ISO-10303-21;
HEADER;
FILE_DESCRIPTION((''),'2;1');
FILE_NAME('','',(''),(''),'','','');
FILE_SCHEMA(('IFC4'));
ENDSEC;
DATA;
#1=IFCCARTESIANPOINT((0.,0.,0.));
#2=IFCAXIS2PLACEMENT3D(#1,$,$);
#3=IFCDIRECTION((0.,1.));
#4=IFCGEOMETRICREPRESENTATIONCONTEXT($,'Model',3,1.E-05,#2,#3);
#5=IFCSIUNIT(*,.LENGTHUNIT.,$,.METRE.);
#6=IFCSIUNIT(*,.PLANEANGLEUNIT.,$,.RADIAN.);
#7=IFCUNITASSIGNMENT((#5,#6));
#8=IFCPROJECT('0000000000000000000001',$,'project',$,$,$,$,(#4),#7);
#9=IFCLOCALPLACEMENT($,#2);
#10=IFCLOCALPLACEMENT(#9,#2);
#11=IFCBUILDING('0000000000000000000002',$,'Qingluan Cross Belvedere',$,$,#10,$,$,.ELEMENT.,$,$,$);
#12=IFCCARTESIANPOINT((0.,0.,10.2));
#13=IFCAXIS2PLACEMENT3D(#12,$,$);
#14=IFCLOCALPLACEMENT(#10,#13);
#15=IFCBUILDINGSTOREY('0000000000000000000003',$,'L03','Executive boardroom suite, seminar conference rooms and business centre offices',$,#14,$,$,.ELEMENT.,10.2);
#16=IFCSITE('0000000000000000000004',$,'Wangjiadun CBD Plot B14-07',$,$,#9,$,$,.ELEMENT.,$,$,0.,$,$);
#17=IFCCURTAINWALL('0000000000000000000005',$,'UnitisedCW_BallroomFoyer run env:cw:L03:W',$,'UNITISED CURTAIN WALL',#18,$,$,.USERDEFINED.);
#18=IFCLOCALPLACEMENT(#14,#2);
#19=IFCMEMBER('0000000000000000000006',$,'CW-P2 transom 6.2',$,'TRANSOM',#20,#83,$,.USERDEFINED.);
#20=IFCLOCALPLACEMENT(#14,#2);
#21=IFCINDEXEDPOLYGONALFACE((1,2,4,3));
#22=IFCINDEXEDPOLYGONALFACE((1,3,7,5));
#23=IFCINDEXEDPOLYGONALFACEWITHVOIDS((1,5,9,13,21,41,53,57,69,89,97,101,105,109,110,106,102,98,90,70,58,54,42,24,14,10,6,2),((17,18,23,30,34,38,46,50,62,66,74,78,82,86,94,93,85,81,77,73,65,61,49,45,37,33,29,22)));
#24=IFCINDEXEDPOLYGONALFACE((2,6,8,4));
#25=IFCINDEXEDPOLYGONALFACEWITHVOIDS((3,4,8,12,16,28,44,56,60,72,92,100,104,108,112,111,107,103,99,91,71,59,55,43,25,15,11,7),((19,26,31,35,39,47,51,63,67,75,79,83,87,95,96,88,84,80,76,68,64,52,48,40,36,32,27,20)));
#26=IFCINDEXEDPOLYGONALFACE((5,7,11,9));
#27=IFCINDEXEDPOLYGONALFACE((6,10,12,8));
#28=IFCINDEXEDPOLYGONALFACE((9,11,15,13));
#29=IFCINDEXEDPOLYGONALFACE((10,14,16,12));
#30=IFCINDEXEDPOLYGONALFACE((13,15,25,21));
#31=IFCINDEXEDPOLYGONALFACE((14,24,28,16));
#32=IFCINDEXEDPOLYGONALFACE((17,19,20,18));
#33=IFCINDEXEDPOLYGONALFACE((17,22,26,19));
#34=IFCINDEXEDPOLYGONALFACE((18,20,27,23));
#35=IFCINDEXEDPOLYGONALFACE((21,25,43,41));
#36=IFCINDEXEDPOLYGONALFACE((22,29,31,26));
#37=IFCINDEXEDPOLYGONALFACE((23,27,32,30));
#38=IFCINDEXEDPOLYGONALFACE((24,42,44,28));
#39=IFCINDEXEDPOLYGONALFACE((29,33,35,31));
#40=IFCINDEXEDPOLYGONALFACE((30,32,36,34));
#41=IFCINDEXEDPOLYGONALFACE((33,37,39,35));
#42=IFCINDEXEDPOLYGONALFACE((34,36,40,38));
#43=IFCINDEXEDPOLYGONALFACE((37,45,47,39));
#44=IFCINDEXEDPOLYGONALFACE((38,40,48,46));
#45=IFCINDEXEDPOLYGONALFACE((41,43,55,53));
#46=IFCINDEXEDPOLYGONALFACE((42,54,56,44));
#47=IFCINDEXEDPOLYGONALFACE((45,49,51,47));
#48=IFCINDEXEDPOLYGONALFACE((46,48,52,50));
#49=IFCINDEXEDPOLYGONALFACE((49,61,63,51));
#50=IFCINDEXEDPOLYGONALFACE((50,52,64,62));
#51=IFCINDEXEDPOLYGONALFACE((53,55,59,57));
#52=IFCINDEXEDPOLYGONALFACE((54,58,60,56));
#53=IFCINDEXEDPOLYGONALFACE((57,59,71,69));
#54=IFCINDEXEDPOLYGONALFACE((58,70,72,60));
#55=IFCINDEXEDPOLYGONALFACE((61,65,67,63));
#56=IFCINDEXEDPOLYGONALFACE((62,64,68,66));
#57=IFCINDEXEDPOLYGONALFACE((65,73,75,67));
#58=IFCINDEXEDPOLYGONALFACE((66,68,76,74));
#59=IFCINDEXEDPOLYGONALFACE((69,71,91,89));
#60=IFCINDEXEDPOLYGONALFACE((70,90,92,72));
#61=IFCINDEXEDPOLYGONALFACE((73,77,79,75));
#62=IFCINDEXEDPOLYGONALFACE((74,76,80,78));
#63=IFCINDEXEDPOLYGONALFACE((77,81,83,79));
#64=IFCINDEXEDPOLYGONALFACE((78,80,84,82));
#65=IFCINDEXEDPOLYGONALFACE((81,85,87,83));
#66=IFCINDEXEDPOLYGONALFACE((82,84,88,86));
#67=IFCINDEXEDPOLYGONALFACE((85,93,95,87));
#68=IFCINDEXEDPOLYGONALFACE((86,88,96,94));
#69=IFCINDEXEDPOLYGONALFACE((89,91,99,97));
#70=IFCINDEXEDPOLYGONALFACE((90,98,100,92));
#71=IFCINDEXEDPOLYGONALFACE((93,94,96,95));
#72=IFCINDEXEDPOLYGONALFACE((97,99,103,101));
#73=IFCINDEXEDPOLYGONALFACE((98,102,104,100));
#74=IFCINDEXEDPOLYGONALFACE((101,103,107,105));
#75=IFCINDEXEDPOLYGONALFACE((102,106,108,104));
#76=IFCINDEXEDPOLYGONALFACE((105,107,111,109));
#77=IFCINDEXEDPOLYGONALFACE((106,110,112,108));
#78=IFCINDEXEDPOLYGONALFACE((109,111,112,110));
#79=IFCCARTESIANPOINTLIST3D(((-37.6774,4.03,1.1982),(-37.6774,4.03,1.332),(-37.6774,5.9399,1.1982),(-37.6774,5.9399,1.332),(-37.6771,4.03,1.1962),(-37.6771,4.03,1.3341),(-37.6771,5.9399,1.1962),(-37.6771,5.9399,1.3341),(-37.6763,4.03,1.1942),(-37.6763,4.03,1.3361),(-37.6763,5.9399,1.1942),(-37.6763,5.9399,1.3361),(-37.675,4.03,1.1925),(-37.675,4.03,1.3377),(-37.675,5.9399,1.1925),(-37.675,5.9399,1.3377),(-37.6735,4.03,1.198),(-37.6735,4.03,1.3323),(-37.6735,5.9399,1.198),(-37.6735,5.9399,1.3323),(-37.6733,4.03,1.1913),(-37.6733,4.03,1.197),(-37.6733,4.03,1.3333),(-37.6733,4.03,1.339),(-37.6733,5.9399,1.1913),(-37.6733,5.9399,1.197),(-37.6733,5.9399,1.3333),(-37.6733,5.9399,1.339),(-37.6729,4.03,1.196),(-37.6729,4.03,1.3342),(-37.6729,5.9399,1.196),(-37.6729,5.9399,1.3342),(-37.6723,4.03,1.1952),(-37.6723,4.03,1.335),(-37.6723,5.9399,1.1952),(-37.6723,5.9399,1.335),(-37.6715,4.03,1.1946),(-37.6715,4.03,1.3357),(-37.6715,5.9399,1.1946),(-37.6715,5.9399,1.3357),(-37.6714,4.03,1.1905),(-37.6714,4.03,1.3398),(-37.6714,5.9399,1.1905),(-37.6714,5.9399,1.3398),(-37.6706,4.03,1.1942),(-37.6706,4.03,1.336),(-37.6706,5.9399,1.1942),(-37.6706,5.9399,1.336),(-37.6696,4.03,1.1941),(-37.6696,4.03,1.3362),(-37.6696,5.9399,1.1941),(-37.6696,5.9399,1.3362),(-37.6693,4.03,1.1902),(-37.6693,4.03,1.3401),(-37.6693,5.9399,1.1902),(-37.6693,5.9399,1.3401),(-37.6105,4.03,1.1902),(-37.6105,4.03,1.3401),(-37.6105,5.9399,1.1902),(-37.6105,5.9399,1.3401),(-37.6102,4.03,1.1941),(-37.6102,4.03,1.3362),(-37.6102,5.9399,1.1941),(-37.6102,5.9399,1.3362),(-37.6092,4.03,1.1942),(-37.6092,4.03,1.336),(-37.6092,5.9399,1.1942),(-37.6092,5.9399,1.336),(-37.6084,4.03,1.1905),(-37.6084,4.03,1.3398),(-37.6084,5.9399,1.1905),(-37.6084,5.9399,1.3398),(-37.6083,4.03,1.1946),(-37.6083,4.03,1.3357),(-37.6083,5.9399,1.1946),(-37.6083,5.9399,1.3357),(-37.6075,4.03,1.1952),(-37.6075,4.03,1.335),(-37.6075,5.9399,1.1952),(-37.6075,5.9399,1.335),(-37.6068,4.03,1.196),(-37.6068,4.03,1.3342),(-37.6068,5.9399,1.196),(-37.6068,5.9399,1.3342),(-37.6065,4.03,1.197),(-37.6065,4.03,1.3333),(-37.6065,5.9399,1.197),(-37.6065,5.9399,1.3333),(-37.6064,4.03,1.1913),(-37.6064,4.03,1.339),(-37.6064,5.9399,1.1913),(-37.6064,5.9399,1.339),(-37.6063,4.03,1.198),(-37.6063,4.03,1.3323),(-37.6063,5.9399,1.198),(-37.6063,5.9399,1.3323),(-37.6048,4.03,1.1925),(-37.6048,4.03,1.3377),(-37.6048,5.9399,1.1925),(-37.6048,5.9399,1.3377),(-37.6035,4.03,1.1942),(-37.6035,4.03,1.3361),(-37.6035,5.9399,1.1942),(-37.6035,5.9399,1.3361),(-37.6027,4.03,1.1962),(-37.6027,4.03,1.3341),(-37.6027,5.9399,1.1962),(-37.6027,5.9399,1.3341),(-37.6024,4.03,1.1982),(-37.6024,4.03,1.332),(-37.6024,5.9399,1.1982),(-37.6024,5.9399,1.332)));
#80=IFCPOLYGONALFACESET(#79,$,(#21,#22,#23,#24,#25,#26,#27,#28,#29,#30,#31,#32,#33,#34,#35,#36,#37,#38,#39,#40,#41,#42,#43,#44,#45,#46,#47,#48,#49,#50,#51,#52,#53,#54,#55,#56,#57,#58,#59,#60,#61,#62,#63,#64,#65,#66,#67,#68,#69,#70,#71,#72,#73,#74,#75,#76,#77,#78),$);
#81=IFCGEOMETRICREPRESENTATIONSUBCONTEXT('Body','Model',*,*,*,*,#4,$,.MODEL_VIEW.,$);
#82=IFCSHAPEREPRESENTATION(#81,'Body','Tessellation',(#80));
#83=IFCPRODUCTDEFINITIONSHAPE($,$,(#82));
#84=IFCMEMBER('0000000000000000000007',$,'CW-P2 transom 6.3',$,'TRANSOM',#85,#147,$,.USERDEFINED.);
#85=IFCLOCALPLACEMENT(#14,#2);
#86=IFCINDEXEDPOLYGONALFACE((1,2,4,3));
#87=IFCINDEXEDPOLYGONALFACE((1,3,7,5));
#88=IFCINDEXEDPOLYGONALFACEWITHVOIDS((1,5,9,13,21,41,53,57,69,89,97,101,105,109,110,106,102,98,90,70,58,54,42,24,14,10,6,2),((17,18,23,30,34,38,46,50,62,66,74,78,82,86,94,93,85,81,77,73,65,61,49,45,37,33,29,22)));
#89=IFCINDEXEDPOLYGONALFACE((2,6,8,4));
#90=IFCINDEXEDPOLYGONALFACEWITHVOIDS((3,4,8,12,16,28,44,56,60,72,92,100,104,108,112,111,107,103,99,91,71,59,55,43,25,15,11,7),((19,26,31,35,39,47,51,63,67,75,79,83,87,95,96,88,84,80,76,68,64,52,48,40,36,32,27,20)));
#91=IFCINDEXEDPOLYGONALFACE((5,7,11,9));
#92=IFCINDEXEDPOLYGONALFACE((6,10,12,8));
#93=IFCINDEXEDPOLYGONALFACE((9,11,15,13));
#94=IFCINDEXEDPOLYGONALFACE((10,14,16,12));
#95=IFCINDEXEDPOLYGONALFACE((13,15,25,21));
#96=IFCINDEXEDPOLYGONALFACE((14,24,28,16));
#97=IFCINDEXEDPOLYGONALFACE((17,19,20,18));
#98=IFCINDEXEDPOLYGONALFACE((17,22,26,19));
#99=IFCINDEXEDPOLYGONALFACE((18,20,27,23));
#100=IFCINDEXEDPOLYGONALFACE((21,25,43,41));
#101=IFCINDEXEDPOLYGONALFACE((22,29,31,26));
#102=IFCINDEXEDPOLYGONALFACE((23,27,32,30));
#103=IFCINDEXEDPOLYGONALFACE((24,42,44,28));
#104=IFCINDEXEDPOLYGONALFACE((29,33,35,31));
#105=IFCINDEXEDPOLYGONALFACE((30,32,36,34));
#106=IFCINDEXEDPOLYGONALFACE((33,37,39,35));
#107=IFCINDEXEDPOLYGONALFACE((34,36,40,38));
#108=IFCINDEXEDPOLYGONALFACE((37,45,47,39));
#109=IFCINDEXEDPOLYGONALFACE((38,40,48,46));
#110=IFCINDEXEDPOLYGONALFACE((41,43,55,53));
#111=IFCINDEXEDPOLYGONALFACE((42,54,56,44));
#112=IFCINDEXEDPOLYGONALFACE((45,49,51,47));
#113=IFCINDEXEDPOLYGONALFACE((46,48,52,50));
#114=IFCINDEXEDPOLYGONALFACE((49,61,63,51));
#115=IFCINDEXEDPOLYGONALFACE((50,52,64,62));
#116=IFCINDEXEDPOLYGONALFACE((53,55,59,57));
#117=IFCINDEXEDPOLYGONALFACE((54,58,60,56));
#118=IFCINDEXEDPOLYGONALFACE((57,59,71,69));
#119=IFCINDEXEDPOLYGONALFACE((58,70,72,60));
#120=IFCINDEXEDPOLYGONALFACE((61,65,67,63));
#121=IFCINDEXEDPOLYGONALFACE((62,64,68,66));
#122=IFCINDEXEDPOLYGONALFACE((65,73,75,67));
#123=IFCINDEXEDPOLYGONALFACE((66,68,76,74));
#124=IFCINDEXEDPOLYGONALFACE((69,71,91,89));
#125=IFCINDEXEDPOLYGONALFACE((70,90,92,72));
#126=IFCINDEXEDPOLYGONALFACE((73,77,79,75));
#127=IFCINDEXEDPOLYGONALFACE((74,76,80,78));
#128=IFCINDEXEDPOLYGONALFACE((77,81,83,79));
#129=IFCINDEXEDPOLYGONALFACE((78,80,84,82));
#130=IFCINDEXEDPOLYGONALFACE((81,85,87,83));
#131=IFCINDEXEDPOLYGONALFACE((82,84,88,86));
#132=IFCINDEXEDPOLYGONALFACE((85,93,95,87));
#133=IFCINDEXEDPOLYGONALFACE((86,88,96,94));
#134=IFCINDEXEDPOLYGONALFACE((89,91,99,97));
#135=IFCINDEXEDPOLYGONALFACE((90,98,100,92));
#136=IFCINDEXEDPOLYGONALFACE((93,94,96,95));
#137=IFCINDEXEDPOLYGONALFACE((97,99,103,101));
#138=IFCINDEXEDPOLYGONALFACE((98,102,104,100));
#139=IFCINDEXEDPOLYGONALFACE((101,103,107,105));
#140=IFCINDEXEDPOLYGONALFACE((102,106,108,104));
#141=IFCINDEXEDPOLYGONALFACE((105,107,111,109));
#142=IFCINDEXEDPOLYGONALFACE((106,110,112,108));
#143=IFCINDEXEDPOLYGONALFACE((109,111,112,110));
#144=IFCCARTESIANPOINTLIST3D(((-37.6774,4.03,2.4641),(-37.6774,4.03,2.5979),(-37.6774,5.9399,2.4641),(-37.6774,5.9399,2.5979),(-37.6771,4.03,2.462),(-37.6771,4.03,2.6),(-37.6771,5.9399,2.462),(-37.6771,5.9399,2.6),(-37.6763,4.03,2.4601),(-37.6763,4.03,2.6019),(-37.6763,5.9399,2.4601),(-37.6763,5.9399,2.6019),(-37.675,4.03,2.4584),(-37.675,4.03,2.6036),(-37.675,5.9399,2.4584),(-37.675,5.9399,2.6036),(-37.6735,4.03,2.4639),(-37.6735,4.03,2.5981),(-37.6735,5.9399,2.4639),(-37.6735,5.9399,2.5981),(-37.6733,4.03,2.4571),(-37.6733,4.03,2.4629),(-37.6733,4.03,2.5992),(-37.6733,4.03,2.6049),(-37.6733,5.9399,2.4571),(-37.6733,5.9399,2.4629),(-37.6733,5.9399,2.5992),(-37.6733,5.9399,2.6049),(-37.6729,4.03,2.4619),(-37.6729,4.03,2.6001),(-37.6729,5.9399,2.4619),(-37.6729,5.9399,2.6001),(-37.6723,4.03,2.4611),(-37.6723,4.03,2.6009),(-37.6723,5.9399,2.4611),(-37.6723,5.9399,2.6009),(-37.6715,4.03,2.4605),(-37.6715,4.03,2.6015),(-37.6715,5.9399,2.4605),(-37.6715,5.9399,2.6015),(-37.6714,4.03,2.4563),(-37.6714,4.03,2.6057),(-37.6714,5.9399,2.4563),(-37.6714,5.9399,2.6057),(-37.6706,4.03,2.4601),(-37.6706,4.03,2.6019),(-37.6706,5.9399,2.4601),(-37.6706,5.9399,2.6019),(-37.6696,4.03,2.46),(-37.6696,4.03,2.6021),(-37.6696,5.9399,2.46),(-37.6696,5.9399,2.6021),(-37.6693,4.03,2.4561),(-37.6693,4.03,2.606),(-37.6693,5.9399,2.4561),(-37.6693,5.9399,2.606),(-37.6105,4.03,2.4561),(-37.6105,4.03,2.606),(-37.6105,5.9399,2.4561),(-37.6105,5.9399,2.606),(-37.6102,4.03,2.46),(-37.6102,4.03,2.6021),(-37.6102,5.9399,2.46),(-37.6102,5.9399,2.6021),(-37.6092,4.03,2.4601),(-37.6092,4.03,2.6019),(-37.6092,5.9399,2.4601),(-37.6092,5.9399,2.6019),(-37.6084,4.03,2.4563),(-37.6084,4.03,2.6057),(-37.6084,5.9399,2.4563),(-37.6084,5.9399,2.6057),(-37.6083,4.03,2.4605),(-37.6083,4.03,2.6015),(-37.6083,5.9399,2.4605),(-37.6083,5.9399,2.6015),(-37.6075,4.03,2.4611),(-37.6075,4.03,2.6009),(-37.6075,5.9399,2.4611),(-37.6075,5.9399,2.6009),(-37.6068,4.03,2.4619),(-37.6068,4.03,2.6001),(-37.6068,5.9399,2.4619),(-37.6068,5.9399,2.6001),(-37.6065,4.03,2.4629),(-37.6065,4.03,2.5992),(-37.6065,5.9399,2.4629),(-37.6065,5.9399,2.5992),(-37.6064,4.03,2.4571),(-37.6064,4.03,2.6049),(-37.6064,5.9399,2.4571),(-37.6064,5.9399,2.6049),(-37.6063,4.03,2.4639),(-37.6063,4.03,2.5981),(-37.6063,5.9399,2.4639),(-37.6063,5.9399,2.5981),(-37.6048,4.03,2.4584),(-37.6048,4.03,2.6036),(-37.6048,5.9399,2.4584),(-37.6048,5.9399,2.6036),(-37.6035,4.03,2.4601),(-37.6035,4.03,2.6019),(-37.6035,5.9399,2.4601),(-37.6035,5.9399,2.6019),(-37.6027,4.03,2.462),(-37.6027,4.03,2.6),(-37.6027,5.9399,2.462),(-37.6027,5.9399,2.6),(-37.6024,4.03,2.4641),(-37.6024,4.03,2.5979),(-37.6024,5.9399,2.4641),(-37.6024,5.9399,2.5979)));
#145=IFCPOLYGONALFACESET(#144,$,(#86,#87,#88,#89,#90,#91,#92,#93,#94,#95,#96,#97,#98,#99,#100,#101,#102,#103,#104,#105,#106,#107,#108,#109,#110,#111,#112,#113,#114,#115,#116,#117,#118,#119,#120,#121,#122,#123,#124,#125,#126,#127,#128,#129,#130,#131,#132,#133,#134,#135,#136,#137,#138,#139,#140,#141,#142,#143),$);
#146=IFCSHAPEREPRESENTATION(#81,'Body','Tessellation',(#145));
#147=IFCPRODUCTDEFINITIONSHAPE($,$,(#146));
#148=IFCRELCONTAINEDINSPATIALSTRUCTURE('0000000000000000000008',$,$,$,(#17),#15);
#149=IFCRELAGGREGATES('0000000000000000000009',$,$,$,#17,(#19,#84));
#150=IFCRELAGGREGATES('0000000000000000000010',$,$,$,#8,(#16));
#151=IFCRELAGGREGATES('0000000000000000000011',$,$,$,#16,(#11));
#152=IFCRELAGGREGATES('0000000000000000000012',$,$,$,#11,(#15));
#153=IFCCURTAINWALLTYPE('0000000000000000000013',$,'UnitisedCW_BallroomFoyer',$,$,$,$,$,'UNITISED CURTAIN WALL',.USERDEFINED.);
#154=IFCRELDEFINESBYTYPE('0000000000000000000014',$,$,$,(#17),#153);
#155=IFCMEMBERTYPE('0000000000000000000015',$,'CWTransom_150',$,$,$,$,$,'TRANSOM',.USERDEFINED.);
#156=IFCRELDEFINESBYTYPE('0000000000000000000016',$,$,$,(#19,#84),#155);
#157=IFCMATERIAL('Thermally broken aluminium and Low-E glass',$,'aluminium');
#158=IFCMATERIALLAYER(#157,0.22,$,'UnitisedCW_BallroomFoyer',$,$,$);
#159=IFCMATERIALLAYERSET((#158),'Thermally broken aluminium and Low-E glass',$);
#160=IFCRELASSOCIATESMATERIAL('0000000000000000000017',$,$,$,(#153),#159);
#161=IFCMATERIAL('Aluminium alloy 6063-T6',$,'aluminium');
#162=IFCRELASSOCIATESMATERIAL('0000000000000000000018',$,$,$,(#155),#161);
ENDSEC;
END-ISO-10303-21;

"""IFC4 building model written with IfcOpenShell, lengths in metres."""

from ifc_helpers import new_model, si_unit, direction, frame, origin, origin_2d, place, context, subcontext, project, spatial, hollow_rectangle, extrude, material, layer, layer_set, material_profile, profile_set, type_object, element, aggregate, save


model = new_model("IFC4")

# Units and contexts
model_context = context("Model", 3, precision=1e-05, world=origin(), true_north=direction((0.0, 1.0)))
body_context = subcontext(model_context, "Body", "Model", "MODEL_VIEW")
ifc_project = project(units=[si_unit("LENGTHUNIT", "METRE"), si_unit("PLANEANGLEUNIT", "RADIAN")], contexts=[model_context])

# Site, building, storey
site_placement = place(None, origin())
site = spatial("IfcSite", under=ifc_project, at=site_placement, Name="Wangjiadun CBD Plot B14-07", CompositionType="ELEMENT", RefElevation=0.0)
building_placement = place(site_placement, origin())
building = spatial("IfcBuilding", under=site, at=building_placement, Name="Qingluan Cross Belvedere", CompositionType="ELEMENT")
storey_placement = place(building_placement, frame((0.0, 0.0, 10.2)))
storey = spatial("IfcBuildingStorey", under=building, at=storey_placement, Name="L03", Description="Executive boardroom suite, seminar conference rooms and business centre offices", CompositionType="ELEMENT", Elevation=10.2)

# Curtain wall, members
ifc_material_1 = material(Name="Thermally broken aluminium and Low-E glass", Category="aluminium")
ifc_layer_1 = layer(ifc_material_1, 0.22, Name="UnitisedCW_BallroomFoyer")
ifc_layer_set_1 = layer_set([ifc_layer_1], Name="Thermally broken aluminium and Low-E glass")
curtain_wall_type = type_object("IfcCurtainWallType", Name="UnitisedCW_BallroomFoyer", ElementType="UNITISED CURTAIN WALL", PredefinedType="USERDEFINED", material=ifc_layer_set_1)
curtain_wall_placement = place(storey_placement, origin())
curtain_wall = element("IfcCurtainWall", 1, at=curtain_wall_placement, inside=storey, type_object=curtain_wall_type, Name="UnitisedCW_BallroomFoyer run env:cw:L03:W", ObjectType="UNITISED CURTAIN WALL", PredefinedType="USERDEFINED")
ifc_material_2 = material(Name="Aluminium alloy 6063-T6", Category="aluminium")
ifc_material_profile_1 = material_profile(ifc_material_2, hollow_rectangle(XDim=0.075, YDim=0.1499, WallThickness=0.0039, InnerFilletRadius=0.0039, OuterFilletRadius=0.0081, at=origin_2d()), Name="CWT150x75x4")
ifc_profile_set_1 = profile_set([ifc_material_profile_1], Name="Aluminium alloy 6063-T6")
member_type_1 = type_object("IfcMemberType", Name="CWTransom_150", ElementType="TRANSOM", PredefinedType="USERDEFINED", material=ifc_profile_set_1)
member_1_placement = place(storey_placement, frame((-37.6399, 4.03, 1.2651), z_axis=(0.0, 1.0, 0.0), x_axis=(-1.0, 0.0, 0.0)))
member_1 = element("IfcMember", 2, at=member_1_placement, type_object=member_type_1, Name="CW-P2 transom 6.2", ObjectType="TRANSOM", PredefinedType="USERDEFINED", context=body_context, shape_type="SweptSolid", body=[
    extrude(hollow_rectangle(XDim=0.075, YDim=0.1499, WallThickness=0.0039, InnerFilletRadius=0.0039, OuterFilletRadius=0.0081, at=origin_2d()), origin(), (0.0, 0.0, 1.0), 1.9099),
])
member_2_placement = place(storey_placement, frame((-37.6399, 4.03, 2.531), z_axis=(0.0, 1.0, 0.0), x_axis=(-1.0, 0.0, 0.0)))
member_2 = element("IfcMember", 3, at=member_2_placement, type_object=member_type_1, Name="CW-P2 transom 6.3", ObjectType="TRANSOM", PredefinedType="USERDEFINED", context=body_context, shape_type="SweptSolid", body=[
    extrude(hollow_rectangle(XDim=0.075, YDim=0.1499, WallThickness=0.0039, InnerFilletRadius=0.0039, OuterFilletRadius=0.0081, at=origin_2d()), origin(), (0.0, 0.0, 1.0), 1.9099),
])
aggregate(curtain_wall, [member_1, member_2])

save(model, "model.ifc")
